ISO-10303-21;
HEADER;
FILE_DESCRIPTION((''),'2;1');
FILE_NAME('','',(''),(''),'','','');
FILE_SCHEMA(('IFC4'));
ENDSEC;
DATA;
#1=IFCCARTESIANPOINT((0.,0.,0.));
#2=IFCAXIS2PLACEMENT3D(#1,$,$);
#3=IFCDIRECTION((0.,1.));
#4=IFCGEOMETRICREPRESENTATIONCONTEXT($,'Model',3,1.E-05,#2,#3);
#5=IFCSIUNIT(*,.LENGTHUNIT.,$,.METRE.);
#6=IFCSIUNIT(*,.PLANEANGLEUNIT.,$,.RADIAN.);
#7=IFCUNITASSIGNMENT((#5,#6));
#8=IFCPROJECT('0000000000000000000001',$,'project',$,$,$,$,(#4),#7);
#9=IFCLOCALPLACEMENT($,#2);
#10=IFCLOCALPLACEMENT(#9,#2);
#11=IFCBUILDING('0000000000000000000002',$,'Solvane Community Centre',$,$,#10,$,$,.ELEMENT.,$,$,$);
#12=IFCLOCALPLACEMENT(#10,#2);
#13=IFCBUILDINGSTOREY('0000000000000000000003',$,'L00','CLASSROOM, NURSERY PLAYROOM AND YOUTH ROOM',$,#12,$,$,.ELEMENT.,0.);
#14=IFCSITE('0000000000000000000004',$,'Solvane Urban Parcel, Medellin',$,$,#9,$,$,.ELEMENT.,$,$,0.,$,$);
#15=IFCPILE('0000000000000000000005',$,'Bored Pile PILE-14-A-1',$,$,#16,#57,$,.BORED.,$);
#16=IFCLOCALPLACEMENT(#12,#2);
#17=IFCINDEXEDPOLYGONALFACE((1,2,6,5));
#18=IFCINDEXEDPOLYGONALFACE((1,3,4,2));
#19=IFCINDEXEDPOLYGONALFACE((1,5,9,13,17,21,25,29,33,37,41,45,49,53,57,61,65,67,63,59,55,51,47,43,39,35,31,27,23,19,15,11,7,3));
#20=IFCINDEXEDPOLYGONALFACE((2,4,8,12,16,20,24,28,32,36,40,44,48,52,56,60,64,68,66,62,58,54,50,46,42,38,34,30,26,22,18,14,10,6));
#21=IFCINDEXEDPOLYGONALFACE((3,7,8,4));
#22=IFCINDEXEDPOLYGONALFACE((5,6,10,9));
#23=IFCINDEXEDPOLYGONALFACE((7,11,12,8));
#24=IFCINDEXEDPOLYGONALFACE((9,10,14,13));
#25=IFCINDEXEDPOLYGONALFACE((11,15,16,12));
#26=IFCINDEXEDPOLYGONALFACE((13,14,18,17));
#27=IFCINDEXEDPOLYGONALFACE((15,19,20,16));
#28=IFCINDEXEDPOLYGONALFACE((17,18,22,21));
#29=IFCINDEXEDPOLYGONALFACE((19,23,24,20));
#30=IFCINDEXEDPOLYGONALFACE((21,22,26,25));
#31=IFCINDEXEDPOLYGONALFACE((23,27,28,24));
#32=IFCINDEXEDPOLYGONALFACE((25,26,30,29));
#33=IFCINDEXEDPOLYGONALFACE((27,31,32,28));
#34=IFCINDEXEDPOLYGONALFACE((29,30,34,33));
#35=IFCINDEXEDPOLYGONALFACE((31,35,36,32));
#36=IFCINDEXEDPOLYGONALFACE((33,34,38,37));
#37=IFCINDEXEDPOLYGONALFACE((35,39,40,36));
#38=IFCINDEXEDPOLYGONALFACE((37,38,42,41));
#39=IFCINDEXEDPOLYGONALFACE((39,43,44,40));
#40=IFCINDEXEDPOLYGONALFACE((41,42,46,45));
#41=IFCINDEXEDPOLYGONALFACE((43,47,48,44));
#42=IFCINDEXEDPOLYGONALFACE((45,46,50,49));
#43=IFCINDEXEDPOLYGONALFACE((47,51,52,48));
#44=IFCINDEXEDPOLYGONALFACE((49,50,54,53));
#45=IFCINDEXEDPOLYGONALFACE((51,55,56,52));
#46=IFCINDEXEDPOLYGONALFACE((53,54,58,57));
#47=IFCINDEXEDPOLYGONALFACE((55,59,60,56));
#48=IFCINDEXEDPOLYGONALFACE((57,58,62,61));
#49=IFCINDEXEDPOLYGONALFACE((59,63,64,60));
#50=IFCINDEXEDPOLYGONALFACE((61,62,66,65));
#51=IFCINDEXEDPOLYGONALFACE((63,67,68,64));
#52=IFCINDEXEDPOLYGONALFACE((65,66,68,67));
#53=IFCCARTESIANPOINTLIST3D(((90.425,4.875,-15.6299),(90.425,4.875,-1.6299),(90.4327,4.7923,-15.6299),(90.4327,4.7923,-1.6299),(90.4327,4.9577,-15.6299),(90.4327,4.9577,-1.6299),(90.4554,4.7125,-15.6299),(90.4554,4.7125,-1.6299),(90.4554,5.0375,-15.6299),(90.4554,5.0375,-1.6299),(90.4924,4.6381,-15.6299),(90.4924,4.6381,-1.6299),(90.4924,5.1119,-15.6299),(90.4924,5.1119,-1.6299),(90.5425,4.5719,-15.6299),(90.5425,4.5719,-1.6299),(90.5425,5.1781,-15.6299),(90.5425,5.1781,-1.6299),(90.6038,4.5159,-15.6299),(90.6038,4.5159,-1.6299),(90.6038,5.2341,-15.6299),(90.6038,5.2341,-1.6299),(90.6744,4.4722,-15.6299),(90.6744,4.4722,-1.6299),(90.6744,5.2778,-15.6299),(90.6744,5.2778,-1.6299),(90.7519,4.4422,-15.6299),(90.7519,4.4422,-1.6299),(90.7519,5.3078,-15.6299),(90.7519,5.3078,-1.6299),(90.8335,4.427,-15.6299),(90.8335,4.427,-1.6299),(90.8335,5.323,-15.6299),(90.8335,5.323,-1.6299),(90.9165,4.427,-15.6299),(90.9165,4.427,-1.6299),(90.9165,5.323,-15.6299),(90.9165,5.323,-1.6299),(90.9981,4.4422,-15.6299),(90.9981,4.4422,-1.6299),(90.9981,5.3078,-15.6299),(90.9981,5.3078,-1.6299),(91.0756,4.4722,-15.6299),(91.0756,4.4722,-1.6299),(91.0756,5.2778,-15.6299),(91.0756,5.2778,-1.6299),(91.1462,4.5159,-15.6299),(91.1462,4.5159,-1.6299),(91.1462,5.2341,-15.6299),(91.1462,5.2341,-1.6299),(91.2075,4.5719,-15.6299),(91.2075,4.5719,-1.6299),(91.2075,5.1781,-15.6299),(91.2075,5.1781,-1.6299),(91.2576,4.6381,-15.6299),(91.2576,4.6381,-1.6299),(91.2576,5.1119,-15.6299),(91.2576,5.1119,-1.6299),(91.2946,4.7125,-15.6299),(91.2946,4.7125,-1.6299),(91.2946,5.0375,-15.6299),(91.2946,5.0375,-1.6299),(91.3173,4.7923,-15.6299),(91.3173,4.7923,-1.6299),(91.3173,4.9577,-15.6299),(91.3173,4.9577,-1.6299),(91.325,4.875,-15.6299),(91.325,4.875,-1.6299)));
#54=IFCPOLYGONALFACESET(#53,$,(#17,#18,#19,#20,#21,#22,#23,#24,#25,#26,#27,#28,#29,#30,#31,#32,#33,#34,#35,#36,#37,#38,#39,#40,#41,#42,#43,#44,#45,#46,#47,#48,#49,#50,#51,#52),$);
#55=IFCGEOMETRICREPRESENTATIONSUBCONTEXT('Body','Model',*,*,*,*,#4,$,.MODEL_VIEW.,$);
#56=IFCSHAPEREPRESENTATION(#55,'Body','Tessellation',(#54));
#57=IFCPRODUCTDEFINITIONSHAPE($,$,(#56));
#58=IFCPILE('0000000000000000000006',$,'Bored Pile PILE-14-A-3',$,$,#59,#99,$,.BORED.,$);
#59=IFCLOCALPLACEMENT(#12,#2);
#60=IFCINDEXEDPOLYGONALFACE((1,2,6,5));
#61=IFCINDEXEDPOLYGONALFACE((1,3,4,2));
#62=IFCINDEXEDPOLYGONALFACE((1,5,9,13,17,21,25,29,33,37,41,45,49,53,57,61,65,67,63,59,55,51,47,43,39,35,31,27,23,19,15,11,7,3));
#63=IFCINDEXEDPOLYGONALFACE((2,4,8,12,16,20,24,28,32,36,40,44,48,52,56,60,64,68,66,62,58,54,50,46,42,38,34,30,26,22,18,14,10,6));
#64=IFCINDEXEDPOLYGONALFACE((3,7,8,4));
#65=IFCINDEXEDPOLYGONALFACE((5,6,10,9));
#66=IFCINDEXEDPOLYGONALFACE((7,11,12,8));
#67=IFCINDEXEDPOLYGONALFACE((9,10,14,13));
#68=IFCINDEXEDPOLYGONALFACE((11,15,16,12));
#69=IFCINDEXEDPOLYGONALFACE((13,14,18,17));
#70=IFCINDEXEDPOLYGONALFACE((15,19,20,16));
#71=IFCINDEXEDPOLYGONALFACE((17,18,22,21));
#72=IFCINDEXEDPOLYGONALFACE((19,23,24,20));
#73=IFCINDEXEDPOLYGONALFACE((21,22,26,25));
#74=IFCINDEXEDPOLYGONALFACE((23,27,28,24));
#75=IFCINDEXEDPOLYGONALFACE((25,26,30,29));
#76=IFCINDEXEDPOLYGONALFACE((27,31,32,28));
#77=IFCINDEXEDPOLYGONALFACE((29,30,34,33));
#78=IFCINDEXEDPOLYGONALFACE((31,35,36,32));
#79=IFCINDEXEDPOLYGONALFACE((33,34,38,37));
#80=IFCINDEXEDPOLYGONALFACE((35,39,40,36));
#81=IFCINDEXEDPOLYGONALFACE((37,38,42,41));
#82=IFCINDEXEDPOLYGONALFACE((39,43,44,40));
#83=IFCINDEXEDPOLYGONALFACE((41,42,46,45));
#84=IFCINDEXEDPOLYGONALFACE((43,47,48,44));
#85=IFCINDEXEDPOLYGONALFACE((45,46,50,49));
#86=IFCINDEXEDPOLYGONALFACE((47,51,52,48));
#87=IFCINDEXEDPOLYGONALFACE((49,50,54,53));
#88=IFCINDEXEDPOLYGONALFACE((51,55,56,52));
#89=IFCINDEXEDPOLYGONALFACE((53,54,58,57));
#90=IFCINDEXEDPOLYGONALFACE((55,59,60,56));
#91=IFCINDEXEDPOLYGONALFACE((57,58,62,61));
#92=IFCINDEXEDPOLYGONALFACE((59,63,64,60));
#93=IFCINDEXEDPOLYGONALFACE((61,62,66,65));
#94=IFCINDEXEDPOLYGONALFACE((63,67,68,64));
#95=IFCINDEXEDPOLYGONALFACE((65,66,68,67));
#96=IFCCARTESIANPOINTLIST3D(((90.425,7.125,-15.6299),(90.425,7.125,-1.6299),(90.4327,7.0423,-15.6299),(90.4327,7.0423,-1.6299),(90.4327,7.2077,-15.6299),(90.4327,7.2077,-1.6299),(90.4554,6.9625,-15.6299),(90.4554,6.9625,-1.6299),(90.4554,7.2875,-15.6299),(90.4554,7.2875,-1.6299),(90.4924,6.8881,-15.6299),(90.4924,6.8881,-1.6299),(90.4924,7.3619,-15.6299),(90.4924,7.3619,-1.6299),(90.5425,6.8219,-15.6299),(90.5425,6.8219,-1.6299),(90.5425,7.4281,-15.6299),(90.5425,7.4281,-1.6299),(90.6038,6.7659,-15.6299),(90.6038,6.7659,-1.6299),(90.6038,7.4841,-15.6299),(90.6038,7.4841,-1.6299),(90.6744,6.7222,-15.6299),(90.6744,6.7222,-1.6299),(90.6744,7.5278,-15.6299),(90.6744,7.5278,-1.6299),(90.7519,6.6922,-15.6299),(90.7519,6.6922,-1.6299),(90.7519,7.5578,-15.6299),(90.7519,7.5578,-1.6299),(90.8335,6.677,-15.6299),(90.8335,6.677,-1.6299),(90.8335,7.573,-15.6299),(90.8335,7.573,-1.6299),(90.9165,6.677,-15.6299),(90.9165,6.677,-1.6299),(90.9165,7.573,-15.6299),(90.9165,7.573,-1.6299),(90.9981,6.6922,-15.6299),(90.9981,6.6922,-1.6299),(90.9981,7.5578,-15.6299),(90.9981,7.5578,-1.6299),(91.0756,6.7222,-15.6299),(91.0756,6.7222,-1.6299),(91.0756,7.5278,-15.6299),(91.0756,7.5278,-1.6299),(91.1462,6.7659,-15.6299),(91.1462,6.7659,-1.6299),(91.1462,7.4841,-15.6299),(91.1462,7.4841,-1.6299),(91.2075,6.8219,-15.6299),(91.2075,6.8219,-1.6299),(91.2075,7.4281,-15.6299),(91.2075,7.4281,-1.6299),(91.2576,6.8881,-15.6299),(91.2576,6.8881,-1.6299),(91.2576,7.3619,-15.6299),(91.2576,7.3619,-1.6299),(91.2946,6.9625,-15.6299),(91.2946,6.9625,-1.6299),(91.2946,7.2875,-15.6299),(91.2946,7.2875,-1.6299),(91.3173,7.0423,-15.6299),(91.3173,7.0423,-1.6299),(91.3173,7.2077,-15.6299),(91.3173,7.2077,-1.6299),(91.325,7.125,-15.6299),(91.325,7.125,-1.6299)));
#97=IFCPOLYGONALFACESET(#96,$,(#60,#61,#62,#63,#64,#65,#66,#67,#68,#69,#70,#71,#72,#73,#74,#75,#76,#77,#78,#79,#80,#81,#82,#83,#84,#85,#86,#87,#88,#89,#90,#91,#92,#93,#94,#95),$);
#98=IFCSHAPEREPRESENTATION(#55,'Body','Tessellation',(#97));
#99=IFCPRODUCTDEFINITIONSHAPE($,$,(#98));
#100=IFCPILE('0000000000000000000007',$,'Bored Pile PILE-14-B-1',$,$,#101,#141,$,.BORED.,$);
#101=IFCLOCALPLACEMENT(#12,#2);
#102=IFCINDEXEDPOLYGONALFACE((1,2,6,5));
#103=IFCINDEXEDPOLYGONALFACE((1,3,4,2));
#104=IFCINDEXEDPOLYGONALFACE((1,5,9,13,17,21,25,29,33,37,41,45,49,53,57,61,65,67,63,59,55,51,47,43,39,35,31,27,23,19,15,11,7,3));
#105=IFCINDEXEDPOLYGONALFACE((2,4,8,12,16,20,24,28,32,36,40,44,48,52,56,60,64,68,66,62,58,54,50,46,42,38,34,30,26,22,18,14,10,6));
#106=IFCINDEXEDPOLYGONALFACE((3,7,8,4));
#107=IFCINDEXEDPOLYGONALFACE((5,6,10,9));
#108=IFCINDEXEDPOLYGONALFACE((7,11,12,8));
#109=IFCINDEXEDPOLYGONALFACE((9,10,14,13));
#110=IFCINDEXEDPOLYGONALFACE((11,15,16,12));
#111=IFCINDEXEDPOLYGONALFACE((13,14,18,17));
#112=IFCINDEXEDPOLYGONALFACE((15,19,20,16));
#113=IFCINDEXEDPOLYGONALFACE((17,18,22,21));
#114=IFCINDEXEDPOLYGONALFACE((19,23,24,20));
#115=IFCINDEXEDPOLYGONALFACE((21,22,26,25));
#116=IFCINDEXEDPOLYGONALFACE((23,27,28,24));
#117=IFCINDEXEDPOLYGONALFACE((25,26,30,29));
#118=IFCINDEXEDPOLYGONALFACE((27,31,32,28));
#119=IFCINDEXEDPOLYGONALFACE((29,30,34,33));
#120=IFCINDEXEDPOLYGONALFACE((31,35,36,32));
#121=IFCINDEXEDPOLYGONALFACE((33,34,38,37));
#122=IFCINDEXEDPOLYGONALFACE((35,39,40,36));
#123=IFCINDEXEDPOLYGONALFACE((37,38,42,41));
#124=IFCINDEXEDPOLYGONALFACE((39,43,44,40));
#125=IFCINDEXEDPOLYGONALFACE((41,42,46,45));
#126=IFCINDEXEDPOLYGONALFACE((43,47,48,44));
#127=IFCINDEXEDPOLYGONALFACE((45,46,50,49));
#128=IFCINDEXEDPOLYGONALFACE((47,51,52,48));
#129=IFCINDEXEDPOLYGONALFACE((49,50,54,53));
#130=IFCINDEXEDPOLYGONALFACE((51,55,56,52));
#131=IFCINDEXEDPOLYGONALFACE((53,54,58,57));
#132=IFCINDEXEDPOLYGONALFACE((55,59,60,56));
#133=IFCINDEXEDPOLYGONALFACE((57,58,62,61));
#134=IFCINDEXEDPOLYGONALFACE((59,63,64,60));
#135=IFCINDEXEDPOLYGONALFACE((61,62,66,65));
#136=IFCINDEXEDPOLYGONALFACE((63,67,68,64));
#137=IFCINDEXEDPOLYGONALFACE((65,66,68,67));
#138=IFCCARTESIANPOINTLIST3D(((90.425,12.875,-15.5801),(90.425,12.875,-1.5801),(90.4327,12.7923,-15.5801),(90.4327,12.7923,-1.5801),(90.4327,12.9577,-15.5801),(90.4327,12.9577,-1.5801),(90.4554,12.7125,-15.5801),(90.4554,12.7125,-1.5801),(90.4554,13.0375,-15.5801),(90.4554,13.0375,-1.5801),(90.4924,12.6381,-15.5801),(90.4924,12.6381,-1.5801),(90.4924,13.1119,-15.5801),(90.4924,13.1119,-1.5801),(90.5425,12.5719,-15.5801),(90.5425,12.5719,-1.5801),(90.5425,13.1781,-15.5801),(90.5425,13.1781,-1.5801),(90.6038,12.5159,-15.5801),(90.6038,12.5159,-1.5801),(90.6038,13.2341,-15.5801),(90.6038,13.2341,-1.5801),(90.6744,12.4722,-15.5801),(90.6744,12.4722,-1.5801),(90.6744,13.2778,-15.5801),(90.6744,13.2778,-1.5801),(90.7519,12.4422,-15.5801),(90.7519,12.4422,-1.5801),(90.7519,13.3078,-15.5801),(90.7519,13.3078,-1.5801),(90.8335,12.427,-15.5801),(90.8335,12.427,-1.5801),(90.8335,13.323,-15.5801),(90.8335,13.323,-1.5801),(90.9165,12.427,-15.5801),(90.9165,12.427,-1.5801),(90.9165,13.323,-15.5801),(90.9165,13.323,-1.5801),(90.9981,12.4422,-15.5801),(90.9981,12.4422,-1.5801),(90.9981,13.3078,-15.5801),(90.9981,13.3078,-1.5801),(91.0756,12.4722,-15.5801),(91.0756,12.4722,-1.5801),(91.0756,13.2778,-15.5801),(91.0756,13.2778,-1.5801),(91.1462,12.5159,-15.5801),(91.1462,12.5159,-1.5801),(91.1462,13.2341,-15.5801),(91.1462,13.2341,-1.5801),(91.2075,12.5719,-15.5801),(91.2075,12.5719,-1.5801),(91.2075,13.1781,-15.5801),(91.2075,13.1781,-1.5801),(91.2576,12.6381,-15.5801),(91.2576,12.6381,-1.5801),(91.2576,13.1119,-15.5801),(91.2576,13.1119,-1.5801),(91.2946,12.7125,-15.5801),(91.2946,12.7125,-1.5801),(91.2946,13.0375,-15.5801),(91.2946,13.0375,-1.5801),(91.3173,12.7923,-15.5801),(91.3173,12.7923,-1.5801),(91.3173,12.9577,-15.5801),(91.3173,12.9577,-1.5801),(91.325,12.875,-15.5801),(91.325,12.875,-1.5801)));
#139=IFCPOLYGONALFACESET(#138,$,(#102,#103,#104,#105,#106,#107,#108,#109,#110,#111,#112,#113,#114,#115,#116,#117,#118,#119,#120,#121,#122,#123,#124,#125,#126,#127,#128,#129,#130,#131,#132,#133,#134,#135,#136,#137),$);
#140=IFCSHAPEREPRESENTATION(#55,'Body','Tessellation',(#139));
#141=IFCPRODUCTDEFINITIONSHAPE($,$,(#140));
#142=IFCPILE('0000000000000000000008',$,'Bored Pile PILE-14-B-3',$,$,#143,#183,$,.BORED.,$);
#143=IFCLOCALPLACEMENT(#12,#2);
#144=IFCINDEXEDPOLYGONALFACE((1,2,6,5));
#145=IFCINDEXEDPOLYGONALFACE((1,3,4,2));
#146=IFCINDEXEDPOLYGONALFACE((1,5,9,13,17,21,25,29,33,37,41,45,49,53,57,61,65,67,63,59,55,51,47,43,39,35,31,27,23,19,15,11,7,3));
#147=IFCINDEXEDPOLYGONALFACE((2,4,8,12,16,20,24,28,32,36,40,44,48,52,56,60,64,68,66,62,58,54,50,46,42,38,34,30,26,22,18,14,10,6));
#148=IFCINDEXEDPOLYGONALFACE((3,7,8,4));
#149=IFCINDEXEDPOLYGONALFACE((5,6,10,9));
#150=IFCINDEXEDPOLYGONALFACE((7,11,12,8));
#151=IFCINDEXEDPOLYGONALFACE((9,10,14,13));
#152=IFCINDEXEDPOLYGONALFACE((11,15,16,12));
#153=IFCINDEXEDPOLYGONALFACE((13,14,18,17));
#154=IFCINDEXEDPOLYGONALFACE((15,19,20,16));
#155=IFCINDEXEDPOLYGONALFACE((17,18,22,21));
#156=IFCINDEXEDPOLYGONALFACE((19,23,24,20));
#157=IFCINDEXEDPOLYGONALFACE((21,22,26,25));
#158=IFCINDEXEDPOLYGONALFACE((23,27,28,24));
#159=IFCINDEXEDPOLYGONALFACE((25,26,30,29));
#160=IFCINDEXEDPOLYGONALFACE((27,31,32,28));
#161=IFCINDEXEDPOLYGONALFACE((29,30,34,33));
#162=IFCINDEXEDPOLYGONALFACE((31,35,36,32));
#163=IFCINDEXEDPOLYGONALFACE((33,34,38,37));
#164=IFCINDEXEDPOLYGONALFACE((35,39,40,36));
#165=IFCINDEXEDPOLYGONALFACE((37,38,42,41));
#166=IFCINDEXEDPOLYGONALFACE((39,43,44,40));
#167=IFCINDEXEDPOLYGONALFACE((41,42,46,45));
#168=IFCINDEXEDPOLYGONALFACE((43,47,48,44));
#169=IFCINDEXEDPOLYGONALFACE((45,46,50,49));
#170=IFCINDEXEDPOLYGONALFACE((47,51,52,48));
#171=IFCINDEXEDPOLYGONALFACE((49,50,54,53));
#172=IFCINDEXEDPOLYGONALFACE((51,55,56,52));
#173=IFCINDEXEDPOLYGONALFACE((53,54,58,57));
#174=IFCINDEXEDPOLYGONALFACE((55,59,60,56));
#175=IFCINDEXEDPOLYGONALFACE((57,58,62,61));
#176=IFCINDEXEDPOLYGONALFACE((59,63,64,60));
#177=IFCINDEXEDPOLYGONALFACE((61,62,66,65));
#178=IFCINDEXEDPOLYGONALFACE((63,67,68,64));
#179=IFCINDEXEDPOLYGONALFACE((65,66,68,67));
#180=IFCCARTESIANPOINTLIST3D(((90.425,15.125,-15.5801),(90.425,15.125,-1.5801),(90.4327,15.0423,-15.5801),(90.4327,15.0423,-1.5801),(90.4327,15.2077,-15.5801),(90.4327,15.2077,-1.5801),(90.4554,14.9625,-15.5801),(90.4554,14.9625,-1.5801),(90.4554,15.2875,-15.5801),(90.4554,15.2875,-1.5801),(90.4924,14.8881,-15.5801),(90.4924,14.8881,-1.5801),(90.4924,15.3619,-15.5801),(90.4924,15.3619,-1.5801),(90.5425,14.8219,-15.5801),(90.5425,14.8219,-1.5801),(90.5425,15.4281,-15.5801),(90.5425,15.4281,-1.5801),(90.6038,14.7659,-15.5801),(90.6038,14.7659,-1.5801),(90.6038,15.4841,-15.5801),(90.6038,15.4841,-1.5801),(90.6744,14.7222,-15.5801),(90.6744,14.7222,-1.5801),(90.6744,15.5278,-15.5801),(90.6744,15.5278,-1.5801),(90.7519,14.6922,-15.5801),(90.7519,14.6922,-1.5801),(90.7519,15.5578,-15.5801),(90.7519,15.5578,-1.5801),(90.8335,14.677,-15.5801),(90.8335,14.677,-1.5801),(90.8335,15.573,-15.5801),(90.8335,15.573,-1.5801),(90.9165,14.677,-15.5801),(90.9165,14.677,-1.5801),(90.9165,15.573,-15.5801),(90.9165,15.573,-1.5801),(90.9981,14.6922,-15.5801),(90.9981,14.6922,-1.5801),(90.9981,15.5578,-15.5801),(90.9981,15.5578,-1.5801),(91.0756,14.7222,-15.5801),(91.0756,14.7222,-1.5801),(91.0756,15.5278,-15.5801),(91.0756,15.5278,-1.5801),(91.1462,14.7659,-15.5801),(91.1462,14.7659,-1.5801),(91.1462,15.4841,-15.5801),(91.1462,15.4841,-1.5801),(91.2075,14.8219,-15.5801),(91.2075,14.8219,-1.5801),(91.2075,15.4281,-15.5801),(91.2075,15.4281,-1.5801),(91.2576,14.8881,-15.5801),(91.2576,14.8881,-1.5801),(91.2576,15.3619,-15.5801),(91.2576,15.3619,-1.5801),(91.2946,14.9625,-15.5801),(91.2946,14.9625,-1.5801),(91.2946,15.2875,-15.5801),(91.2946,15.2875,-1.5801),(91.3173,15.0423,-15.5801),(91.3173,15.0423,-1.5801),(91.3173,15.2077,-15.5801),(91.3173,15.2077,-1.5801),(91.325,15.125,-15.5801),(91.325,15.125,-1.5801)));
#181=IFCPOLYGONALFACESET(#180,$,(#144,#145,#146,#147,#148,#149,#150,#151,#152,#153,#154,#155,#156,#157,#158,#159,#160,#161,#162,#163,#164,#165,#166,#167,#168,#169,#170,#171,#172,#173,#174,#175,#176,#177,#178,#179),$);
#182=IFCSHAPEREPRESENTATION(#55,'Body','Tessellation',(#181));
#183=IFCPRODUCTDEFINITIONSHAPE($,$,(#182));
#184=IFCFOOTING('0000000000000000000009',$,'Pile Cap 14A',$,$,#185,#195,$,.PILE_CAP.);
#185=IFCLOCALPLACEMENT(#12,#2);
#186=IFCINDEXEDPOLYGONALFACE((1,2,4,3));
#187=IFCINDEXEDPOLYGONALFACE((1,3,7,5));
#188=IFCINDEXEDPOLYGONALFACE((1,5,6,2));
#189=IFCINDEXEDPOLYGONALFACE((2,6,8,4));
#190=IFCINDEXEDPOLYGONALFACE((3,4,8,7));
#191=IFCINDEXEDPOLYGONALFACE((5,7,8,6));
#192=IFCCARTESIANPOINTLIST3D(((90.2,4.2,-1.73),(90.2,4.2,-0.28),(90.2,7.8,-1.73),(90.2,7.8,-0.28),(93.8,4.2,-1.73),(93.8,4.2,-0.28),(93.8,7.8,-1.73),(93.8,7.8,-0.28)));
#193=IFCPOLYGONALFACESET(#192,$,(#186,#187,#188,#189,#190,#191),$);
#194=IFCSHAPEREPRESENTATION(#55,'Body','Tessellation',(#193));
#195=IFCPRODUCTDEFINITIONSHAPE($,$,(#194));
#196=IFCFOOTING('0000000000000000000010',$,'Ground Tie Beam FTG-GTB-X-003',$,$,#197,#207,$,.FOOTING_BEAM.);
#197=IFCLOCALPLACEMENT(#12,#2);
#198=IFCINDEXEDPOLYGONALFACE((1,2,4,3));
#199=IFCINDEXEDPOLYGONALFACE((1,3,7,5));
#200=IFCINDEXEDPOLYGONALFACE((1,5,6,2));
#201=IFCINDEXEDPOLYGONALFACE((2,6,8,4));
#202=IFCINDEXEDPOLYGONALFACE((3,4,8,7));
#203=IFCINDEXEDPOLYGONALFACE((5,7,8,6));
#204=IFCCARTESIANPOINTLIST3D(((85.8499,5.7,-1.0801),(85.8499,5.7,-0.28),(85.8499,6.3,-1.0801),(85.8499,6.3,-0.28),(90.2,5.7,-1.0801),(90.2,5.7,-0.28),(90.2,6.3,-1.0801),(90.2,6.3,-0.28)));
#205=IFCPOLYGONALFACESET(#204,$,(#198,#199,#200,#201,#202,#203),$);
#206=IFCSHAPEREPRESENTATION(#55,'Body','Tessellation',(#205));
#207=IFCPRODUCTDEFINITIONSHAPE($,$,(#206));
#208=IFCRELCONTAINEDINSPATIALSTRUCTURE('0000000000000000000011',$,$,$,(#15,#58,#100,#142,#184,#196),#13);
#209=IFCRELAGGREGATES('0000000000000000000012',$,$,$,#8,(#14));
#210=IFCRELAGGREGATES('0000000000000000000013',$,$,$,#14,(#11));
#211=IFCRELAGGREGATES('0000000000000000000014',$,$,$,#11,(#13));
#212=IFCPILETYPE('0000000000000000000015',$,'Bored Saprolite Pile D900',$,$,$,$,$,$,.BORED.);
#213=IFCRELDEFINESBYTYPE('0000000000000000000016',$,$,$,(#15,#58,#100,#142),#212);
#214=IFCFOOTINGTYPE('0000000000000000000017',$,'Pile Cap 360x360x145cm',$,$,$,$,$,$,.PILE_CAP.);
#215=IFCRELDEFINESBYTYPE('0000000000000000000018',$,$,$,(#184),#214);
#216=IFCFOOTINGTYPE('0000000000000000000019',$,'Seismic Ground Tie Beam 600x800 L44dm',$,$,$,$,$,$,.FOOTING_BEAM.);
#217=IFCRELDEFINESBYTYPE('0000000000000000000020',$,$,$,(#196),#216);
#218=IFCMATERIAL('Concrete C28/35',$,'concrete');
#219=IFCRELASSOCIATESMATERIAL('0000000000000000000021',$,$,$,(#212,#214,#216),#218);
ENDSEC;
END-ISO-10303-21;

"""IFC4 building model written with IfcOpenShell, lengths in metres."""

from ifc_helpers import new_model, si_unit, direction, frame, origin, origin_2d, place, context, subcontext, project, spatial, rectangle, circle, extrude, material, material_profile, profile_set, type_object, element, save


model = new_model("IFC4")

# Units and contexts
model_context = context("Model", 3, precision=1e-05, world=origin(), true_north=direction((0.0, 1.0)))
body_context = subcontext(model_context, "Body", "Model", "MODEL_VIEW")
ifc_project = project(units=[si_unit("LENGTHUNIT", "METRE"), si_unit("PLANEANGLEUNIT", "RADIAN")], contexts=[model_context])

# Site, building, storey
site_placement = place(None, origin())
site = spatial("IfcSite", under=ifc_project, at=site_placement, Name="Solvane Urban Parcel, Medellin", CompositionType="ELEMENT", RefElevation=0.0)
building_placement = place(site_placement, origin())
building = spatial("IfcBuilding", under=site, at=building_placement, Name="Solvane Community Centre", CompositionType="ELEMENT")
storey_placement = place(building_placement, origin())
storey = spatial("IfcBuildingStorey", under=building, at=storey_placement, Name="L00", Description="CLASSROOM, NURSERY PLAYROOM AND YOUTH ROOM", CompositionType="ELEMENT", Elevation=0.0)

# Piles
ifc_material_1 = material(Name="Concrete C28/35", Category="concrete")
ifc_material_profile_1 = material_profile(ifc_material_1, circle(Radius=0.45, at=origin_2d()), Name="PILE D900")
ifc_profile_set_1 = profile_set([ifc_material_profile_1], Name="Concrete C28/35")
pile_type = type_object("IfcPileType", Name="Bored Saprolite Pile D900", PredefinedType="BORED", material=ifc_profile_set_1)
for number, where, z_axis, x_axis, name in (
    (1, (90.875, 4.875, -1.6299), (0.0, 0.0, -1.0), (1.0, 0.0, 0.0), "Bored Pile PILE-14-A-1"),
    (2, (90.875, 7.125, -1.6299), (0.0, 0.0, -1.0), (1.0, 0.0, 0.0), "Bored Pile PILE-14-A-3"),
    (3, (90.875, 12.875, -1.5801), (0.0, 0.0, -1.0), (1.0, 0.0, 0.0), "Bored Pile PILE-14-B-1"),
    (4, (90.875, 15.125, -1.5801), (0.0, 0.0, -1.0), (1.0, 0.0, 0.0), "Bored Pile PILE-14-B-3"),
):
    element("IfcPile", number, at=place(storey_placement, frame(where, z_axis=z_axis, x_axis=x_axis)), inside=storey, type_object=pile_type, Name=name, PredefinedType="BORED", context=body_context, shape_type="SweptSolid", body=[
        extrude(circle(Radius=0.45, at=origin_2d()), origin(), (0.0, 0.0, 1.0), 14.0),
    ])

# Footings
footing_type_1 = type_object("IfcFootingType", Name="Pile Cap 360x360x145cm", PredefinedType="PILE_CAP", material=ifc_material_1)
footing_placement = place(storey_placement, frame((92.0, 6.0, -1.73), z_axis=(0.0, 0.0, 1.0), x_axis=(1.0, 0.0, 0.0)))
element("IfcFooting", 5, at=footing_placement, inside=storey, type_object=footing_type_1, Name="Pile Cap 14A", PredefinedType="PILE_CAP", context=body_context, shape_type="SweptSolid", body=[
    extrude(rectangle(XDim=3.6001, YDim=3.6001, at=origin_2d()), origin(), (0.0, 0.0, 1.0), 1.45),
])
footing_type_2 = type_object("IfcFootingType", Name="Seismic Ground Tie Beam 600x800 L44dm", PredefinedType="FOOTING_BEAM", material=ifc_material_1)
for number, where, z_axis, x_axis, name in (
    (6, (88.0249, 6.0, -1.0801), (0.0, 0.0, 1.0), (1.0, 0.0, 0.0), "Ground Tie Beam FTG-GTB-X-003"),
):
    element("IfcFooting", number, at=place(storey_placement, frame(where, z_axis=z_axis, x_axis=x_axis)), inside=storey, type_object=footing_type_2, Name=name, PredefinedType="FOOTING_BEAM", context=body_context, shape_type="SweptSolid", body=[
        extrude(rectangle(XDim=4.3501, YDim=0.6001, at=origin_2d()), origin(), (0.0, 0.0, 1.0), 0.8),
    ])

save(model, "model.ifc")
